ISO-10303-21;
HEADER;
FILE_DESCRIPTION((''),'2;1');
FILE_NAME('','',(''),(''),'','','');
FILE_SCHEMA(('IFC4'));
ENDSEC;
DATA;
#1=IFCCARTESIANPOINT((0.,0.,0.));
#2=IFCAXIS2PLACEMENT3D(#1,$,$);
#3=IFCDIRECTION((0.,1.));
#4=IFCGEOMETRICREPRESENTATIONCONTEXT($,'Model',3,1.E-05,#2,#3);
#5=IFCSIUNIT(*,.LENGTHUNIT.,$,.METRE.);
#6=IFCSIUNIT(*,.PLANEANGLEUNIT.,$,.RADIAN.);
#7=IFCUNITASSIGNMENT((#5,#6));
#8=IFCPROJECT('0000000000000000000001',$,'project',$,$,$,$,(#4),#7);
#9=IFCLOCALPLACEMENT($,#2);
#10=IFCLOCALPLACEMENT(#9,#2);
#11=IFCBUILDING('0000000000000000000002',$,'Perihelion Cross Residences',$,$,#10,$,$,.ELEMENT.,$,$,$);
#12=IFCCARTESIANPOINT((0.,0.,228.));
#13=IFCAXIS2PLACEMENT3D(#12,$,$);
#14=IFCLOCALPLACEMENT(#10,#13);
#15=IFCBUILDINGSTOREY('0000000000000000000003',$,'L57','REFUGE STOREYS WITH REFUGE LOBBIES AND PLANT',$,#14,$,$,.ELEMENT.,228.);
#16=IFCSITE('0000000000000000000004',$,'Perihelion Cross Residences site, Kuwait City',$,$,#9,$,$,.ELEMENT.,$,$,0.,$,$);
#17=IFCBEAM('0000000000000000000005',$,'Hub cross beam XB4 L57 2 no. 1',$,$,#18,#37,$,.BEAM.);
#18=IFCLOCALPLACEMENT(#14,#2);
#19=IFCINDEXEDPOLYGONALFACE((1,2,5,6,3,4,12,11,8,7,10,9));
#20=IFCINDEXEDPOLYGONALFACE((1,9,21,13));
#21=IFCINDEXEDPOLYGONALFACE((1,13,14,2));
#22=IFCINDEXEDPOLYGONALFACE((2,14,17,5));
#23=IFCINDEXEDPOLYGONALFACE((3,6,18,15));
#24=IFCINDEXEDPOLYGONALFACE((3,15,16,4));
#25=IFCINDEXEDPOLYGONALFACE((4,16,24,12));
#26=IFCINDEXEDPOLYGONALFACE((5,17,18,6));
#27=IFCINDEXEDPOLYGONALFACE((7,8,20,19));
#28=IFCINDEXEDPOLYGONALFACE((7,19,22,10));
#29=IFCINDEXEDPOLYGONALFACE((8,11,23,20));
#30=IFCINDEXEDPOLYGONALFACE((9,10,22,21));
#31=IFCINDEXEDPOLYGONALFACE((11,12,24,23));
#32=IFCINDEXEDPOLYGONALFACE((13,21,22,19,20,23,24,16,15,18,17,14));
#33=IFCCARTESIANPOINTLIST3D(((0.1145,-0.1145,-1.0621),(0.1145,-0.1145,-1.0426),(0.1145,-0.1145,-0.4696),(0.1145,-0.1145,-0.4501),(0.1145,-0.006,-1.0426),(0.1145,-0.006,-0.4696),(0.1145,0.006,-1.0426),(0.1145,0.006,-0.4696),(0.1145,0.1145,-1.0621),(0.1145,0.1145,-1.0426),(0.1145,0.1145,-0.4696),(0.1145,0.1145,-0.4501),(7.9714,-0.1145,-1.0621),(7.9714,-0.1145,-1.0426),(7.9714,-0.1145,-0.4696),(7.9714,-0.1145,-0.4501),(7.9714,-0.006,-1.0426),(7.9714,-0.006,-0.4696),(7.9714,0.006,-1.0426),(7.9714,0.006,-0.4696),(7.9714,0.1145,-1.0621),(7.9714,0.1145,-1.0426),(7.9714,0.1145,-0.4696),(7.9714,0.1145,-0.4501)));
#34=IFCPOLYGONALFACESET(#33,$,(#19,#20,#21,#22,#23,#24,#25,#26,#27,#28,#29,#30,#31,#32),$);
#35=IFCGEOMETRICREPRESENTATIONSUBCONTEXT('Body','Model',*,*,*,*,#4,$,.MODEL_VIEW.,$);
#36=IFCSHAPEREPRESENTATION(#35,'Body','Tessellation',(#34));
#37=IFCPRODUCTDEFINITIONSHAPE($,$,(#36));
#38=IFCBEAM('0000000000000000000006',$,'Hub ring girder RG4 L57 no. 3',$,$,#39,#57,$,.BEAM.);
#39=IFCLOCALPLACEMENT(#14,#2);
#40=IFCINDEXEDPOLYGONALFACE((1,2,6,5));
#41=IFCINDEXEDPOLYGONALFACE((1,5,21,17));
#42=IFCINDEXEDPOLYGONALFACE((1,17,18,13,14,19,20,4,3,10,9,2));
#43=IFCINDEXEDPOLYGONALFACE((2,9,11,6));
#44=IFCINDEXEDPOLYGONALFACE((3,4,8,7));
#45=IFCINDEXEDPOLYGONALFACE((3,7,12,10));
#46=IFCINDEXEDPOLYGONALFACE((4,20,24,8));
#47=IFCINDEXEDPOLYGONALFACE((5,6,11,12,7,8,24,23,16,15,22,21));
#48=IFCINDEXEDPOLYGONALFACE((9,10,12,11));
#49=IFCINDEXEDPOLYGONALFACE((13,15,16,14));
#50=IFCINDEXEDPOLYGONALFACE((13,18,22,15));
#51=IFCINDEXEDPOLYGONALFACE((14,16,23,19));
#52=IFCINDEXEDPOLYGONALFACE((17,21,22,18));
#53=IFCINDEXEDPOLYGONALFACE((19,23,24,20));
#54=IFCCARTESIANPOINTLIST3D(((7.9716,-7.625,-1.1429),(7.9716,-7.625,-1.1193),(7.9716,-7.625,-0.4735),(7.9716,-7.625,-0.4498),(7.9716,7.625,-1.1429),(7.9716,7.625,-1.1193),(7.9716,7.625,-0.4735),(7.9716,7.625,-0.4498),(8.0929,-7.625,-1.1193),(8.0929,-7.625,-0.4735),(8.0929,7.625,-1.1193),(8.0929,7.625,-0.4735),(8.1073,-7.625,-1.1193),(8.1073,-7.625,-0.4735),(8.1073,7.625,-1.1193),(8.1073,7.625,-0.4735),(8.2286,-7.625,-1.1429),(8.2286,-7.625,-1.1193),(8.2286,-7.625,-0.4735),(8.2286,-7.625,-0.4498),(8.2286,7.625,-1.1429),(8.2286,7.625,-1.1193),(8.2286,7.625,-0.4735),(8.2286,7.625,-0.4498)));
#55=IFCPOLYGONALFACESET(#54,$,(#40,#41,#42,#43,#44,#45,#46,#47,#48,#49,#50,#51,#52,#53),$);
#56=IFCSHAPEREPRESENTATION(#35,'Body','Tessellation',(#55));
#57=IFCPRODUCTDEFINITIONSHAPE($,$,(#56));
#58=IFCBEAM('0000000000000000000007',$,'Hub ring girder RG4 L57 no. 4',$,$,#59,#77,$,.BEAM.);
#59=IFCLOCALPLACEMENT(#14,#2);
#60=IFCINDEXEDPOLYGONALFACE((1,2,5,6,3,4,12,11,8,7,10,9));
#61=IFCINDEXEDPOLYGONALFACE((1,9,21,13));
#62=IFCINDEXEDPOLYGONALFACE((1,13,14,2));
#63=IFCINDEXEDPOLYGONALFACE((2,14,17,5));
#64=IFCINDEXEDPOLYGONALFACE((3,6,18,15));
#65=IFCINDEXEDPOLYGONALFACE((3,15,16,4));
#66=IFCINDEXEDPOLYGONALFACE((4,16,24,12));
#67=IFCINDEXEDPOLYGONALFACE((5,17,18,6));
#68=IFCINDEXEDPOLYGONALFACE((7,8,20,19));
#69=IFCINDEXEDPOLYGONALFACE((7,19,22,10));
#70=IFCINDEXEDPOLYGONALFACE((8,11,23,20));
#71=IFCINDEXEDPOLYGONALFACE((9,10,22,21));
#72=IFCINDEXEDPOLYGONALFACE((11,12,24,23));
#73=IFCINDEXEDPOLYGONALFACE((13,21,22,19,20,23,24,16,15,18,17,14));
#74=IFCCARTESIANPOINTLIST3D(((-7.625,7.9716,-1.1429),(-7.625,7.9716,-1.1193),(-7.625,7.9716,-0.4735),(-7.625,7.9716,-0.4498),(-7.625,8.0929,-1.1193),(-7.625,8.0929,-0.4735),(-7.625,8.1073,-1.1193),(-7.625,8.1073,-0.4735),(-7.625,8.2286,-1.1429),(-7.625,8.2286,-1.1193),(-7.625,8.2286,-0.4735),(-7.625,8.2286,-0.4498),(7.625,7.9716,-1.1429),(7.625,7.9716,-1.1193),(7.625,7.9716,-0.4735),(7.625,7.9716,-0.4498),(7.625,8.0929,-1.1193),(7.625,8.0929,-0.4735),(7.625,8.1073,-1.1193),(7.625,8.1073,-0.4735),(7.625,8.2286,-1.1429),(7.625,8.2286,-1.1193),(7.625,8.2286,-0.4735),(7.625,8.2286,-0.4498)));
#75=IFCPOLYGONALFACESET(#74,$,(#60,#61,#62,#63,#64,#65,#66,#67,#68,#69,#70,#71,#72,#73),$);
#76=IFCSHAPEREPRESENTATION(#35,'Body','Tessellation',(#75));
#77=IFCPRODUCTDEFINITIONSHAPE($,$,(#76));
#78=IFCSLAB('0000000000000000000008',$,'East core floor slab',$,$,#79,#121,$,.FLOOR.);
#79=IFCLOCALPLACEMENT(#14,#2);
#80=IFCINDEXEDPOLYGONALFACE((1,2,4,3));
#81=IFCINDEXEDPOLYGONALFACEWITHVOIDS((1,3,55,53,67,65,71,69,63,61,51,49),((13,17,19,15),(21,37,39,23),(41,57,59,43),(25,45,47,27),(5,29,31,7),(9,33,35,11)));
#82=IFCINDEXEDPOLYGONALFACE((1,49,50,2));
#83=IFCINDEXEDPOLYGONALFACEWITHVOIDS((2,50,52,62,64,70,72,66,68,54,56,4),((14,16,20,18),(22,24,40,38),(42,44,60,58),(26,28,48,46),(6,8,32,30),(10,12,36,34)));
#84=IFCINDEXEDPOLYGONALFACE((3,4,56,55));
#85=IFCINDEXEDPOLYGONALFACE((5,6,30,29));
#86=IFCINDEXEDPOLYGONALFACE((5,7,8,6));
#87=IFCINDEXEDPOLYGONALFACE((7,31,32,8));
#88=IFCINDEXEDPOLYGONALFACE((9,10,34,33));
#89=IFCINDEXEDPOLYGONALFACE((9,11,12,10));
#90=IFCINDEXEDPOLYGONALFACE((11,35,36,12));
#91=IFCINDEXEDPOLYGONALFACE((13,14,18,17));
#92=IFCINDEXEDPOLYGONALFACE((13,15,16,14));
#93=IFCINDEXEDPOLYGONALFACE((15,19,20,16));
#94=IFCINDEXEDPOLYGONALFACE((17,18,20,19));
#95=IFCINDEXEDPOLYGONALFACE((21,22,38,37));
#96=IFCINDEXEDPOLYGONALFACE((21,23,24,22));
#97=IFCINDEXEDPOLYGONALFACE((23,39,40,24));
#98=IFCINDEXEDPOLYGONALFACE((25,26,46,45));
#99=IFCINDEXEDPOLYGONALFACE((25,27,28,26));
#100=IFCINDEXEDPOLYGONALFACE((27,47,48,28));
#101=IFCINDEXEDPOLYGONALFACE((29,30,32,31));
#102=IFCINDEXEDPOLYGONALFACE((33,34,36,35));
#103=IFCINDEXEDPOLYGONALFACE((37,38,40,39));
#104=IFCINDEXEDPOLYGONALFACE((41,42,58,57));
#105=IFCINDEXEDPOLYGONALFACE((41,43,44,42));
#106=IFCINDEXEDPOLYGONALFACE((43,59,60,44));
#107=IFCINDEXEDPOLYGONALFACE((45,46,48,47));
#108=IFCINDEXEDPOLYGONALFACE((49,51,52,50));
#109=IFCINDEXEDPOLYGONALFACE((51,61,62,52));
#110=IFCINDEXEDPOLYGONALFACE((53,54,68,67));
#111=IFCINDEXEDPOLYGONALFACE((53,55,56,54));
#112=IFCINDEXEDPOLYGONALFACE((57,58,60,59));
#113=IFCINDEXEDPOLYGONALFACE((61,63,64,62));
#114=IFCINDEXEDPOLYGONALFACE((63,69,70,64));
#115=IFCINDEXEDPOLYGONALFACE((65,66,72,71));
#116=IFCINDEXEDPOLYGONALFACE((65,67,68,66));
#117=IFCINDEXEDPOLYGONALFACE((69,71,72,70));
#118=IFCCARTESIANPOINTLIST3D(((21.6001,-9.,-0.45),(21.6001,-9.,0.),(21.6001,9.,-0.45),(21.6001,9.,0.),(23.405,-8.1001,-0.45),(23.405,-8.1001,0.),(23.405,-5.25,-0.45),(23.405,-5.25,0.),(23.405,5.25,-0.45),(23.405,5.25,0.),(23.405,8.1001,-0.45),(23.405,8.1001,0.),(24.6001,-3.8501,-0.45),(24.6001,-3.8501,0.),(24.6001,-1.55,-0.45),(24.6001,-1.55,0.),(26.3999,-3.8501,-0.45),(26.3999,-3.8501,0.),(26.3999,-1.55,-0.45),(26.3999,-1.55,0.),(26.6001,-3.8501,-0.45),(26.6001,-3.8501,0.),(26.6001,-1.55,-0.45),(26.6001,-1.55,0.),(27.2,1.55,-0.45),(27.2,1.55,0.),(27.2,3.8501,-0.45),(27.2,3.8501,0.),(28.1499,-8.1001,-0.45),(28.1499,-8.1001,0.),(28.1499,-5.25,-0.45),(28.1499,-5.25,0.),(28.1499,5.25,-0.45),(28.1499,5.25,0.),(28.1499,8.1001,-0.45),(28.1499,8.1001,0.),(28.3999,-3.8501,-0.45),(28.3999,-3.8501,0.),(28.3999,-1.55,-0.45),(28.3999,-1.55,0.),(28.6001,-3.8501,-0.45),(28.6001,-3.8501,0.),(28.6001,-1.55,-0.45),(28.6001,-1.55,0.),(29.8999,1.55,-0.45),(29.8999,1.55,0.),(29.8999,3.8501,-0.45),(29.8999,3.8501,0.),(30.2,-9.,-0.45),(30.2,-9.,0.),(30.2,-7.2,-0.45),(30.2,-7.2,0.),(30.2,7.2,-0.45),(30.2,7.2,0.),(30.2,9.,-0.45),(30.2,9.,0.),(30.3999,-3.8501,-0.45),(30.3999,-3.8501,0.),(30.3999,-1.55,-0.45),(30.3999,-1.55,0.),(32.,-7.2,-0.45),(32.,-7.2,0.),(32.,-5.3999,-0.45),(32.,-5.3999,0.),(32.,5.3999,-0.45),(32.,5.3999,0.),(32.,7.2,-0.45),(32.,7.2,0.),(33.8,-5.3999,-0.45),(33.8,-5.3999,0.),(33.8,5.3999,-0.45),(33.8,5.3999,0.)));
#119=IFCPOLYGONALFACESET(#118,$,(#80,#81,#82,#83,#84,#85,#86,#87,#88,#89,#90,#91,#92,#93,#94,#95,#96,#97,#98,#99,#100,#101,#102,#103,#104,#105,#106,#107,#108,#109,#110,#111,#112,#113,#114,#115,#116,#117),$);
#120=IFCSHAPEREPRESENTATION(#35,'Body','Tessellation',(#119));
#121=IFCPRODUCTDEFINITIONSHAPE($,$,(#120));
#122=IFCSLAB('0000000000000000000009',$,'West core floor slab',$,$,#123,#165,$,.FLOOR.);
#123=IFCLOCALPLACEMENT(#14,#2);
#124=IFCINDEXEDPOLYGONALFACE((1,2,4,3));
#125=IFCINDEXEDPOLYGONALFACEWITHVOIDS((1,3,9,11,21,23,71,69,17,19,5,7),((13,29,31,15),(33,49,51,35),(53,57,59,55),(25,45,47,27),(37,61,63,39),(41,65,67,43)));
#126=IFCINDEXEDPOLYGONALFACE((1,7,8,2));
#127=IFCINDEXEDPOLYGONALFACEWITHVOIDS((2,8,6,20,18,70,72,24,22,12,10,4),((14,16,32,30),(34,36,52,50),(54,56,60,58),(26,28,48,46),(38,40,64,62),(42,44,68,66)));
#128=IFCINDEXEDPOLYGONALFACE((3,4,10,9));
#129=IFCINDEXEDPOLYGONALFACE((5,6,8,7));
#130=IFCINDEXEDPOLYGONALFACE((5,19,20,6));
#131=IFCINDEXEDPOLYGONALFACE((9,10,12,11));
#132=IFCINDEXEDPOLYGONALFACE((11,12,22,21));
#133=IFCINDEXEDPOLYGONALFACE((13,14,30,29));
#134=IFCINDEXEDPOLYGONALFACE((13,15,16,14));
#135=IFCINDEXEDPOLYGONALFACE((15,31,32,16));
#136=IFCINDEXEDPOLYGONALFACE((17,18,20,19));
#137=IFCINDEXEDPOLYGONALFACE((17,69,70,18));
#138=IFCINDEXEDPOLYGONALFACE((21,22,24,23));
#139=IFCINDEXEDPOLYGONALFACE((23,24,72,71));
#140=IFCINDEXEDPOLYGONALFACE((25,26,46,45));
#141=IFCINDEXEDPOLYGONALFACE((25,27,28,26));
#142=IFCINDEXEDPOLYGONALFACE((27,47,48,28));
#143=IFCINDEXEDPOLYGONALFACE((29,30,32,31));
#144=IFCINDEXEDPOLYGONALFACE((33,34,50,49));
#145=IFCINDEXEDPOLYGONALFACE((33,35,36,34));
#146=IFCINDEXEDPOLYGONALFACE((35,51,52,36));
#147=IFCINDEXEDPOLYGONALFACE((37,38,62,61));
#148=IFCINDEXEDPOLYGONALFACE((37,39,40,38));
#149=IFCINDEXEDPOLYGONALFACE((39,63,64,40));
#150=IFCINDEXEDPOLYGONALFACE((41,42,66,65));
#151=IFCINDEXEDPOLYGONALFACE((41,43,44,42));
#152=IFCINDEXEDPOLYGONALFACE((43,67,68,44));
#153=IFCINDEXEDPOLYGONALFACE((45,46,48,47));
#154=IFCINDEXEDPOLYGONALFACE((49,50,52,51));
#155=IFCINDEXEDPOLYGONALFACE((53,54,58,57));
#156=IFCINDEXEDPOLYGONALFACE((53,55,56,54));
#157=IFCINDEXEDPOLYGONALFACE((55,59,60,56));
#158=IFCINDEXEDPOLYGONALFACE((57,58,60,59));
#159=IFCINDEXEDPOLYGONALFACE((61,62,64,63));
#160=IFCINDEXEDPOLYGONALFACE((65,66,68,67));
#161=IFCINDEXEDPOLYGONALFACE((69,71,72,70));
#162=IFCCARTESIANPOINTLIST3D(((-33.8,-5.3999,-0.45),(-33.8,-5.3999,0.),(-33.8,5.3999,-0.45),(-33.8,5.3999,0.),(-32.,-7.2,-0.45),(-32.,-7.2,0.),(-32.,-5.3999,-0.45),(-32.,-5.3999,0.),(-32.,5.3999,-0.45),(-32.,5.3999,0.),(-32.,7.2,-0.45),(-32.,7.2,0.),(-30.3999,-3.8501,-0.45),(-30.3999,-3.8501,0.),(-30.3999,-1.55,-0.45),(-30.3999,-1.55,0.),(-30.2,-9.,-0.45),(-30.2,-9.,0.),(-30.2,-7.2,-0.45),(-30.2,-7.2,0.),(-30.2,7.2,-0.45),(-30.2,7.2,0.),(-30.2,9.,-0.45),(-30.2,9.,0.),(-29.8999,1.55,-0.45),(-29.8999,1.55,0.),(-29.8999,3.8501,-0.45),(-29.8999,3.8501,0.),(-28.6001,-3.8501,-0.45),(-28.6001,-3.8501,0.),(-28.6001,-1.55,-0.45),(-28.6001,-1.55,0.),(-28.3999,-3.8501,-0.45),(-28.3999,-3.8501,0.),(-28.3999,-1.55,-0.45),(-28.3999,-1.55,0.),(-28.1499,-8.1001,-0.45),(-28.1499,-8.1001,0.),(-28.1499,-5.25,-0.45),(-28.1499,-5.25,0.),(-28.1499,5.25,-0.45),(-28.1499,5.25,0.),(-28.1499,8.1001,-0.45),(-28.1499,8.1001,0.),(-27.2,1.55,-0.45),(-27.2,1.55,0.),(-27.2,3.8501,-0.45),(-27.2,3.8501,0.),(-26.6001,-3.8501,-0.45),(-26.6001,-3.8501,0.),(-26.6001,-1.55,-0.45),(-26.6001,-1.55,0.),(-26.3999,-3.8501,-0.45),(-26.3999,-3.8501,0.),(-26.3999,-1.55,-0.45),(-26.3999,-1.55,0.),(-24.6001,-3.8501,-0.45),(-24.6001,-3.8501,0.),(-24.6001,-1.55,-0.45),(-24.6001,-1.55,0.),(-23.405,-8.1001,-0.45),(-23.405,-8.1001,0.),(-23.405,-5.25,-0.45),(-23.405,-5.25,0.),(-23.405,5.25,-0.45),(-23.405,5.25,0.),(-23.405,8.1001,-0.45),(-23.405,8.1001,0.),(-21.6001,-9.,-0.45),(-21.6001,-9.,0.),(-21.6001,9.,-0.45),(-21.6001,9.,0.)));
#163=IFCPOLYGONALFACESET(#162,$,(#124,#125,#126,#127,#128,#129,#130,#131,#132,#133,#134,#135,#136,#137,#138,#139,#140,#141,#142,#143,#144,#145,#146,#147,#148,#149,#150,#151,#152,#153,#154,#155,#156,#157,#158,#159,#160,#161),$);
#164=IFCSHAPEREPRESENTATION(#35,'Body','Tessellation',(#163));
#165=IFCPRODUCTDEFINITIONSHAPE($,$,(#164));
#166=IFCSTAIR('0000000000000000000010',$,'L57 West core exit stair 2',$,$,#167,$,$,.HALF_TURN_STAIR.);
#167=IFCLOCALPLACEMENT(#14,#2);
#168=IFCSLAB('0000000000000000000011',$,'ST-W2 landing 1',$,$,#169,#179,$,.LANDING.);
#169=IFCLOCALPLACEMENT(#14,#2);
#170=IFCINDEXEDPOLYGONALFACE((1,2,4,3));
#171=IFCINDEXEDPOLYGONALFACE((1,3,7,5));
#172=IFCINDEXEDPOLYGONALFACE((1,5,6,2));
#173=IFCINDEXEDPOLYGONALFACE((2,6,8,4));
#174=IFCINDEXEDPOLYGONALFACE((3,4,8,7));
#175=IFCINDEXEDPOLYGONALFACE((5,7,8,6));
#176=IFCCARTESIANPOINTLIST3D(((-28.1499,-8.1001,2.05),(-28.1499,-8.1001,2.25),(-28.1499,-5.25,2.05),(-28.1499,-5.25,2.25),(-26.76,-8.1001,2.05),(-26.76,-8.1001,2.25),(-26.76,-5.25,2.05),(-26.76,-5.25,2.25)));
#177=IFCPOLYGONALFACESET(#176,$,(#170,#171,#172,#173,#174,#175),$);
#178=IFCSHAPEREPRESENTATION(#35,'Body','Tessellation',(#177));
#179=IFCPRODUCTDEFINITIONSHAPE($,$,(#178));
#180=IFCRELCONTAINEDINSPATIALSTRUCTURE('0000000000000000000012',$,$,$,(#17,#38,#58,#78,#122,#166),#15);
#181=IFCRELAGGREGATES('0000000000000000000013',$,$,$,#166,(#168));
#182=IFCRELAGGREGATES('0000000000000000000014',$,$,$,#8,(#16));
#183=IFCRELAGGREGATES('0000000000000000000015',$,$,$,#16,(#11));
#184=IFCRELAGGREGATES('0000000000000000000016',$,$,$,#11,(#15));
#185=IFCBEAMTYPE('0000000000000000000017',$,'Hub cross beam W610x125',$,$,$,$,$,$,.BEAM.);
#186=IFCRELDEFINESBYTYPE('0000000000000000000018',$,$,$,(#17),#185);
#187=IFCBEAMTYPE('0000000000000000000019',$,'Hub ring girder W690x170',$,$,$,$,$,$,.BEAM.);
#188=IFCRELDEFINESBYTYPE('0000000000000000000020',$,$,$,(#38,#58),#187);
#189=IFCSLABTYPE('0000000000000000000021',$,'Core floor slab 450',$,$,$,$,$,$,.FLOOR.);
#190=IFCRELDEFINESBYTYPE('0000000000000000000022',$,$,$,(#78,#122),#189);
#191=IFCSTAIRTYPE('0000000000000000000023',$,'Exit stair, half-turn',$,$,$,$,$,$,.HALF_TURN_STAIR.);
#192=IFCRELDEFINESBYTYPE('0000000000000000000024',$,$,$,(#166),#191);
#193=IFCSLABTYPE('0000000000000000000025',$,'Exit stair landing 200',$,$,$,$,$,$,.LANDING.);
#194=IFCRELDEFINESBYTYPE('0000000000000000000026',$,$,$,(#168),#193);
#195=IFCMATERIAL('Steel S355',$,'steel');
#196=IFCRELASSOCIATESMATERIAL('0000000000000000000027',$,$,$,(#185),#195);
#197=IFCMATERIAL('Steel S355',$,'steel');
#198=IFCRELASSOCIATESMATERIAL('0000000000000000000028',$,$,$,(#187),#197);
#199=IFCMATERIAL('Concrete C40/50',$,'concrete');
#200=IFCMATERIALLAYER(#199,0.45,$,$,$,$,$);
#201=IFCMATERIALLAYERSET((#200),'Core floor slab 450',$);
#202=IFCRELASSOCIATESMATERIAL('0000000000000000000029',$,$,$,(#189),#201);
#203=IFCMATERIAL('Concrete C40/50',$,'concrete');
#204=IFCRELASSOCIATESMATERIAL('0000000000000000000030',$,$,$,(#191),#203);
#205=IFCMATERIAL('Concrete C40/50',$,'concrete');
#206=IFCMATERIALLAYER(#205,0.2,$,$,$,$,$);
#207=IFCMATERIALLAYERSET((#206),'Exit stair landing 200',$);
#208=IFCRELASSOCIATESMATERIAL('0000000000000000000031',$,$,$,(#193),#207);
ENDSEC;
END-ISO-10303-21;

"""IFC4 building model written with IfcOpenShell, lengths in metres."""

from ifc_helpers import new_model, si_unit, direction, frame, origin, origin_2d, place, context, subcontext, project, spatial, polyline, i_section, outline, extrude, material, layer, layer_set, material_profile, profile_set, type_object, element, aggregate, save


model = new_model("IFC4")

# Units and contexts
model_context = context("Model", 3, precision=1e-05, world=origin(), true_north=direction((0.0, 1.0)))
body_context = subcontext(model_context, "Body", "Model", "MODEL_VIEW")
ifc_project = project(units=[si_unit("LENGTHUNIT", "METRE"), si_unit("PLANEANGLEUNIT", "RADIAN")], contexts=[model_context])

# Site, building, storey
site_placement = place(None, origin())
site = spatial("IfcSite", under=ifc_project, at=site_placement, Name="Perihelion Cross Residences site, Kuwait City", CompositionType="ELEMENT", RefElevation=0.0)
building_placement = place(site_placement, origin())
building = spatial("IfcBuilding", under=site, at=building_placement, Name="Perihelion Cross Residences", CompositionType="ELEMENT")
storey_placement = place(building_placement, frame((0.0, 0.0, 228.0)))
storey = spatial("IfcBuildingStorey", under=building, at=storey_placement, Name="L57", Description="REFUGE STOREYS WITH REFUGE LOBBIES AND PLANT", CompositionType="ELEMENT", Elevation=228.0)

# Beams
ifc_material_1 = material(Name="Steel S355", Category="steel")
ifc_material_profile_1 = material_profile(ifc_material_1, i_section(OverallWidth=0.229, OverallDepth=0.6121, WebThickness=0.012, FlangeThickness=0.0195, at=origin_2d()), Name="W610x125")
ifc_profile_set_1 = profile_set([ifc_material_profile_1], Name="Steel S355")
beam_type_1 = type_object("IfcBeamType", Name="Hub cross beam W610x125", PredefinedType="BEAM", material=ifc_profile_set_1)
beam_1_placement = place(storey_placement, frame((0.1145, 0.0, -0.7561), z_axis=(1.0, 0.0, 0.0), x_axis=(0.0, 1.0, 0.0)))
element("IfcBeam", 1, at=beam_1_placement, inside=storey, type_object=beam_type_1, Name="Hub cross beam XB4 L57 2 no. 1", PredefinedType="BEAM", context=body_context, shape_type="SweptSolid", body=[
    extrude(i_section(OverallWidth=0.229, OverallDepth=0.6121, WebThickness=0.012, FlangeThickness=0.0195, at=origin_2d()), origin(), (0.0, 0.0, 1.0), 7.8569),
])
ifc_material_2 = material(Name="Steel S355", Category="steel")
ifc_material_profile_2 = material_profile(ifc_material_2, i_section(OverallWidth=0.2571, OverallDepth=0.6931, WebThickness=0.0144, FlangeThickness=0.0237, at=origin_2d()), Name="W690x170")
ifc_profile_set_2 = profile_set([ifc_material_profile_2], Name="Steel S355")
beam_type_2 = type_object("IfcBeamType", Name="Hub ring girder W690x170", PredefinedType="BEAM", material=ifc_profile_set_2)
for number, where, z_axis, x_axis, name in (
    (2, (8.1001, -7.625, -0.7964), (0.0, 1.0, 0.0), (-1.0, 0.0, 0.0), "Hub ring girder RG4 L57 no. 3"),
    (3, (7.625, 8.1001, -0.7964), (-1.0, 0.0, 0.0), (0.0, -1.0, 0.0), "Hub ring girder RG4 L57 no. 4"),
):
    element("IfcBeam", number, at=place(storey_placement, frame(where, z_axis=z_axis, x_axis=x_axis)), inside=storey, type_object=beam_type_2, Name=name, PredefinedType="BEAM", context=body_context, shape_type="SweptSolid", body=[
        extrude(i_section(OverallWidth=0.2571, OverallDepth=0.6931, WebThickness=0.0144, FlangeThickness=0.0237, at=origin_2d()), origin(), (0.0, 0.0, 1.0), 15.25),
    ])

# Slabs
ifc_material_3 = material(Name="Concrete C40/50", Category="concrete")
ifc_layer_1 = layer(ifc_material_3, 0.45)
ifc_layer_set_1 = layer_set([ifc_layer_1], Name="Core floor slab 450")
slab_type_1 = type_object("IfcSlabType", Name="Core floor slab 450", PredefinedType="FLOOR", material=ifc_layer_set_1)
slab_1_placement = place(storey_placement, frame((0.0, 0.0, -0.45)))
element("IfcSlab", 4, at=slab_1_placement, inside=storey, type_object=slab_type_1, Name="East core floor slab", PredefinedType="FLOOR", context=body_context, shape_type="SweptSolid", body=[
    extrude(outline(polyline([(30.2, 7.2), (32.0, 7.2), (32.0, 5.3999), (33.8, 5.3999), (33.8, -5.3999), (32.0, -5.3999), (32.0, -7.2), (30.2, -7.2), (30.2, -9.0), (21.6001, -9.0), (21.6001, 9.0), (30.2, 9.0), (30.2, 7.2)]), holes=[polyline([(28.1499, -8.1001), (28.1499, -5.25), (23.405, -5.25), (23.405, -8.1001), (28.1499, -8.1001)]), polyline([(24.6001, -1.55), (24.6001, -3.8501), (26.3999, -3.8501), (26.3999, -1.55), (24.6001, -1.55)]), polyline([(26.6001, -1.55), (26.6001, -3.8501), (28.3999, -3.8501), (28.3999, -1.55), (26.6001, -1.55)]), polyline([(28.6001, -3.8501), (30.3999, -3.8501), (30.3999, -1.55), (28.6001, -1.55), (28.6001, -3.8501)]), polyline([(27.2, 3.8501), (27.2, 1.55), (29.8999, 1.55), (29.8999, 3.8501), (27.2, 3.8501)]), polyline([(23.405, 5.25), (28.1499, 5.25), (28.1499, 8.1001), (23.405, 8.1001), (23.405, 5.25)])]), origin(), (0.0, 0.0, 1.0), 0.45),
])
slab_2_placement = place(storey_placement, frame((0.0, 0.0, -0.45)))
element("IfcSlab", 5, at=slab_2_placement, inside=storey, type_object=slab_type_1, Name="West core floor slab", PredefinedType="FLOOR", context=body_context, shape_type="SweptSolid", body=[
    extrude(outline(polyline([(-30.2, 7.2), (-32.0, 7.2), (-32.0, 5.3999), (-33.8, 5.3999), (-33.8, -5.3999), (-32.0, -5.3999), (-32.0, -7.2), (-30.2, -7.2), (-30.2, -9.0), (-21.6001, -9.0), (-21.6001, 9.0), (-30.2, 9.0), (-30.2, 7.2)]), holes=[polyline([(-28.1499, -8.1001), (-28.1499, -5.25), (-23.405, -5.25), (-23.405, -8.1001), (-28.1499, -8.1001)]), polyline([(-24.6001, -1.55), (-24.6001, -3.8501), (-26.3999, -3.8501), (-26.3999, -1.55), (-24.6001, -1.55)]), polyline([(-26.6001, -1.55), (-26.6001, -3.8501), (-28.3999, -3.8501), (-28.3999, -1.55), (-26.6001, -1.55)]), polyline([(-28.6001, -3.8501), (-30.3999, -3.8501), (-30.3999, -1.55), (-28.6001, -1.55), (-28.6001, -3.8501)]), polyline([(-27.2, 3.8501), (-27.2, 1.55), (-29.8999, 1.55), (-29.8999, 3.8501), (-27.2, 3.8501)]), polyline([(-23.405, 5.25), (-28.1499, 5.25), (-28.1499, 8.1001), (-23.405, 8.1001), (-23.405, 5.25)])]), origin(), (0.0, 0.0, 1.0), 0.45),
])

# Stair, slab
ifc_material_4 = material(Name="Concrete C40/50", Category="concrete")
stair_type = type_object("IfcStairType", Name="Exit stair, half-turn", PredefinedType="HALF_TURN_STAIR", material=ifc_material_4)
stair_placement = place(storey_placement, origin())
stair = element("IfcStair", 6, at=stair_placement, inside=storey, type_object=stair_type, Name="L57 West core exit stair 2", PredefinedType="HALF_TURN_STAIR")
ifc_material_5 = material(Name="Concrete C40/50", Category="concrete")
ifc_layer_2 = layer(ifc_material_5, 0.2)
ifc_layer_set_2 = layer_set([ifc_layer_2], Name="Exit stair landing 200")
slab_type_2 = type_object("IfcSlabType", Name="Exit stair landing 200", PredefinedType="LANDING", material=ifc_layer_set_2)
slab_3_placement = place(storey_placement, frame((0.0, 0.0, 2.05)))
slab_3 = element("IfcSlab", 7, at=slab_3_placement, type_object=slab_type_2, Name="ST-W2 landing 1", PredefinedType="LANDING", context=body_context, shape_type="SweptSolid", body=[
    extrude(outline(polyline([(-26.76, -5.25), (-28.1499, -5.25), (-28.1499, -8.1001), (-26.76, -8.1001), (-26.76, -5.25)])), origin(), (0.0, 0.0, 1.0), 0.2),
])
aggregate(stair, [slab_3])

save(model, "model.ifc")
